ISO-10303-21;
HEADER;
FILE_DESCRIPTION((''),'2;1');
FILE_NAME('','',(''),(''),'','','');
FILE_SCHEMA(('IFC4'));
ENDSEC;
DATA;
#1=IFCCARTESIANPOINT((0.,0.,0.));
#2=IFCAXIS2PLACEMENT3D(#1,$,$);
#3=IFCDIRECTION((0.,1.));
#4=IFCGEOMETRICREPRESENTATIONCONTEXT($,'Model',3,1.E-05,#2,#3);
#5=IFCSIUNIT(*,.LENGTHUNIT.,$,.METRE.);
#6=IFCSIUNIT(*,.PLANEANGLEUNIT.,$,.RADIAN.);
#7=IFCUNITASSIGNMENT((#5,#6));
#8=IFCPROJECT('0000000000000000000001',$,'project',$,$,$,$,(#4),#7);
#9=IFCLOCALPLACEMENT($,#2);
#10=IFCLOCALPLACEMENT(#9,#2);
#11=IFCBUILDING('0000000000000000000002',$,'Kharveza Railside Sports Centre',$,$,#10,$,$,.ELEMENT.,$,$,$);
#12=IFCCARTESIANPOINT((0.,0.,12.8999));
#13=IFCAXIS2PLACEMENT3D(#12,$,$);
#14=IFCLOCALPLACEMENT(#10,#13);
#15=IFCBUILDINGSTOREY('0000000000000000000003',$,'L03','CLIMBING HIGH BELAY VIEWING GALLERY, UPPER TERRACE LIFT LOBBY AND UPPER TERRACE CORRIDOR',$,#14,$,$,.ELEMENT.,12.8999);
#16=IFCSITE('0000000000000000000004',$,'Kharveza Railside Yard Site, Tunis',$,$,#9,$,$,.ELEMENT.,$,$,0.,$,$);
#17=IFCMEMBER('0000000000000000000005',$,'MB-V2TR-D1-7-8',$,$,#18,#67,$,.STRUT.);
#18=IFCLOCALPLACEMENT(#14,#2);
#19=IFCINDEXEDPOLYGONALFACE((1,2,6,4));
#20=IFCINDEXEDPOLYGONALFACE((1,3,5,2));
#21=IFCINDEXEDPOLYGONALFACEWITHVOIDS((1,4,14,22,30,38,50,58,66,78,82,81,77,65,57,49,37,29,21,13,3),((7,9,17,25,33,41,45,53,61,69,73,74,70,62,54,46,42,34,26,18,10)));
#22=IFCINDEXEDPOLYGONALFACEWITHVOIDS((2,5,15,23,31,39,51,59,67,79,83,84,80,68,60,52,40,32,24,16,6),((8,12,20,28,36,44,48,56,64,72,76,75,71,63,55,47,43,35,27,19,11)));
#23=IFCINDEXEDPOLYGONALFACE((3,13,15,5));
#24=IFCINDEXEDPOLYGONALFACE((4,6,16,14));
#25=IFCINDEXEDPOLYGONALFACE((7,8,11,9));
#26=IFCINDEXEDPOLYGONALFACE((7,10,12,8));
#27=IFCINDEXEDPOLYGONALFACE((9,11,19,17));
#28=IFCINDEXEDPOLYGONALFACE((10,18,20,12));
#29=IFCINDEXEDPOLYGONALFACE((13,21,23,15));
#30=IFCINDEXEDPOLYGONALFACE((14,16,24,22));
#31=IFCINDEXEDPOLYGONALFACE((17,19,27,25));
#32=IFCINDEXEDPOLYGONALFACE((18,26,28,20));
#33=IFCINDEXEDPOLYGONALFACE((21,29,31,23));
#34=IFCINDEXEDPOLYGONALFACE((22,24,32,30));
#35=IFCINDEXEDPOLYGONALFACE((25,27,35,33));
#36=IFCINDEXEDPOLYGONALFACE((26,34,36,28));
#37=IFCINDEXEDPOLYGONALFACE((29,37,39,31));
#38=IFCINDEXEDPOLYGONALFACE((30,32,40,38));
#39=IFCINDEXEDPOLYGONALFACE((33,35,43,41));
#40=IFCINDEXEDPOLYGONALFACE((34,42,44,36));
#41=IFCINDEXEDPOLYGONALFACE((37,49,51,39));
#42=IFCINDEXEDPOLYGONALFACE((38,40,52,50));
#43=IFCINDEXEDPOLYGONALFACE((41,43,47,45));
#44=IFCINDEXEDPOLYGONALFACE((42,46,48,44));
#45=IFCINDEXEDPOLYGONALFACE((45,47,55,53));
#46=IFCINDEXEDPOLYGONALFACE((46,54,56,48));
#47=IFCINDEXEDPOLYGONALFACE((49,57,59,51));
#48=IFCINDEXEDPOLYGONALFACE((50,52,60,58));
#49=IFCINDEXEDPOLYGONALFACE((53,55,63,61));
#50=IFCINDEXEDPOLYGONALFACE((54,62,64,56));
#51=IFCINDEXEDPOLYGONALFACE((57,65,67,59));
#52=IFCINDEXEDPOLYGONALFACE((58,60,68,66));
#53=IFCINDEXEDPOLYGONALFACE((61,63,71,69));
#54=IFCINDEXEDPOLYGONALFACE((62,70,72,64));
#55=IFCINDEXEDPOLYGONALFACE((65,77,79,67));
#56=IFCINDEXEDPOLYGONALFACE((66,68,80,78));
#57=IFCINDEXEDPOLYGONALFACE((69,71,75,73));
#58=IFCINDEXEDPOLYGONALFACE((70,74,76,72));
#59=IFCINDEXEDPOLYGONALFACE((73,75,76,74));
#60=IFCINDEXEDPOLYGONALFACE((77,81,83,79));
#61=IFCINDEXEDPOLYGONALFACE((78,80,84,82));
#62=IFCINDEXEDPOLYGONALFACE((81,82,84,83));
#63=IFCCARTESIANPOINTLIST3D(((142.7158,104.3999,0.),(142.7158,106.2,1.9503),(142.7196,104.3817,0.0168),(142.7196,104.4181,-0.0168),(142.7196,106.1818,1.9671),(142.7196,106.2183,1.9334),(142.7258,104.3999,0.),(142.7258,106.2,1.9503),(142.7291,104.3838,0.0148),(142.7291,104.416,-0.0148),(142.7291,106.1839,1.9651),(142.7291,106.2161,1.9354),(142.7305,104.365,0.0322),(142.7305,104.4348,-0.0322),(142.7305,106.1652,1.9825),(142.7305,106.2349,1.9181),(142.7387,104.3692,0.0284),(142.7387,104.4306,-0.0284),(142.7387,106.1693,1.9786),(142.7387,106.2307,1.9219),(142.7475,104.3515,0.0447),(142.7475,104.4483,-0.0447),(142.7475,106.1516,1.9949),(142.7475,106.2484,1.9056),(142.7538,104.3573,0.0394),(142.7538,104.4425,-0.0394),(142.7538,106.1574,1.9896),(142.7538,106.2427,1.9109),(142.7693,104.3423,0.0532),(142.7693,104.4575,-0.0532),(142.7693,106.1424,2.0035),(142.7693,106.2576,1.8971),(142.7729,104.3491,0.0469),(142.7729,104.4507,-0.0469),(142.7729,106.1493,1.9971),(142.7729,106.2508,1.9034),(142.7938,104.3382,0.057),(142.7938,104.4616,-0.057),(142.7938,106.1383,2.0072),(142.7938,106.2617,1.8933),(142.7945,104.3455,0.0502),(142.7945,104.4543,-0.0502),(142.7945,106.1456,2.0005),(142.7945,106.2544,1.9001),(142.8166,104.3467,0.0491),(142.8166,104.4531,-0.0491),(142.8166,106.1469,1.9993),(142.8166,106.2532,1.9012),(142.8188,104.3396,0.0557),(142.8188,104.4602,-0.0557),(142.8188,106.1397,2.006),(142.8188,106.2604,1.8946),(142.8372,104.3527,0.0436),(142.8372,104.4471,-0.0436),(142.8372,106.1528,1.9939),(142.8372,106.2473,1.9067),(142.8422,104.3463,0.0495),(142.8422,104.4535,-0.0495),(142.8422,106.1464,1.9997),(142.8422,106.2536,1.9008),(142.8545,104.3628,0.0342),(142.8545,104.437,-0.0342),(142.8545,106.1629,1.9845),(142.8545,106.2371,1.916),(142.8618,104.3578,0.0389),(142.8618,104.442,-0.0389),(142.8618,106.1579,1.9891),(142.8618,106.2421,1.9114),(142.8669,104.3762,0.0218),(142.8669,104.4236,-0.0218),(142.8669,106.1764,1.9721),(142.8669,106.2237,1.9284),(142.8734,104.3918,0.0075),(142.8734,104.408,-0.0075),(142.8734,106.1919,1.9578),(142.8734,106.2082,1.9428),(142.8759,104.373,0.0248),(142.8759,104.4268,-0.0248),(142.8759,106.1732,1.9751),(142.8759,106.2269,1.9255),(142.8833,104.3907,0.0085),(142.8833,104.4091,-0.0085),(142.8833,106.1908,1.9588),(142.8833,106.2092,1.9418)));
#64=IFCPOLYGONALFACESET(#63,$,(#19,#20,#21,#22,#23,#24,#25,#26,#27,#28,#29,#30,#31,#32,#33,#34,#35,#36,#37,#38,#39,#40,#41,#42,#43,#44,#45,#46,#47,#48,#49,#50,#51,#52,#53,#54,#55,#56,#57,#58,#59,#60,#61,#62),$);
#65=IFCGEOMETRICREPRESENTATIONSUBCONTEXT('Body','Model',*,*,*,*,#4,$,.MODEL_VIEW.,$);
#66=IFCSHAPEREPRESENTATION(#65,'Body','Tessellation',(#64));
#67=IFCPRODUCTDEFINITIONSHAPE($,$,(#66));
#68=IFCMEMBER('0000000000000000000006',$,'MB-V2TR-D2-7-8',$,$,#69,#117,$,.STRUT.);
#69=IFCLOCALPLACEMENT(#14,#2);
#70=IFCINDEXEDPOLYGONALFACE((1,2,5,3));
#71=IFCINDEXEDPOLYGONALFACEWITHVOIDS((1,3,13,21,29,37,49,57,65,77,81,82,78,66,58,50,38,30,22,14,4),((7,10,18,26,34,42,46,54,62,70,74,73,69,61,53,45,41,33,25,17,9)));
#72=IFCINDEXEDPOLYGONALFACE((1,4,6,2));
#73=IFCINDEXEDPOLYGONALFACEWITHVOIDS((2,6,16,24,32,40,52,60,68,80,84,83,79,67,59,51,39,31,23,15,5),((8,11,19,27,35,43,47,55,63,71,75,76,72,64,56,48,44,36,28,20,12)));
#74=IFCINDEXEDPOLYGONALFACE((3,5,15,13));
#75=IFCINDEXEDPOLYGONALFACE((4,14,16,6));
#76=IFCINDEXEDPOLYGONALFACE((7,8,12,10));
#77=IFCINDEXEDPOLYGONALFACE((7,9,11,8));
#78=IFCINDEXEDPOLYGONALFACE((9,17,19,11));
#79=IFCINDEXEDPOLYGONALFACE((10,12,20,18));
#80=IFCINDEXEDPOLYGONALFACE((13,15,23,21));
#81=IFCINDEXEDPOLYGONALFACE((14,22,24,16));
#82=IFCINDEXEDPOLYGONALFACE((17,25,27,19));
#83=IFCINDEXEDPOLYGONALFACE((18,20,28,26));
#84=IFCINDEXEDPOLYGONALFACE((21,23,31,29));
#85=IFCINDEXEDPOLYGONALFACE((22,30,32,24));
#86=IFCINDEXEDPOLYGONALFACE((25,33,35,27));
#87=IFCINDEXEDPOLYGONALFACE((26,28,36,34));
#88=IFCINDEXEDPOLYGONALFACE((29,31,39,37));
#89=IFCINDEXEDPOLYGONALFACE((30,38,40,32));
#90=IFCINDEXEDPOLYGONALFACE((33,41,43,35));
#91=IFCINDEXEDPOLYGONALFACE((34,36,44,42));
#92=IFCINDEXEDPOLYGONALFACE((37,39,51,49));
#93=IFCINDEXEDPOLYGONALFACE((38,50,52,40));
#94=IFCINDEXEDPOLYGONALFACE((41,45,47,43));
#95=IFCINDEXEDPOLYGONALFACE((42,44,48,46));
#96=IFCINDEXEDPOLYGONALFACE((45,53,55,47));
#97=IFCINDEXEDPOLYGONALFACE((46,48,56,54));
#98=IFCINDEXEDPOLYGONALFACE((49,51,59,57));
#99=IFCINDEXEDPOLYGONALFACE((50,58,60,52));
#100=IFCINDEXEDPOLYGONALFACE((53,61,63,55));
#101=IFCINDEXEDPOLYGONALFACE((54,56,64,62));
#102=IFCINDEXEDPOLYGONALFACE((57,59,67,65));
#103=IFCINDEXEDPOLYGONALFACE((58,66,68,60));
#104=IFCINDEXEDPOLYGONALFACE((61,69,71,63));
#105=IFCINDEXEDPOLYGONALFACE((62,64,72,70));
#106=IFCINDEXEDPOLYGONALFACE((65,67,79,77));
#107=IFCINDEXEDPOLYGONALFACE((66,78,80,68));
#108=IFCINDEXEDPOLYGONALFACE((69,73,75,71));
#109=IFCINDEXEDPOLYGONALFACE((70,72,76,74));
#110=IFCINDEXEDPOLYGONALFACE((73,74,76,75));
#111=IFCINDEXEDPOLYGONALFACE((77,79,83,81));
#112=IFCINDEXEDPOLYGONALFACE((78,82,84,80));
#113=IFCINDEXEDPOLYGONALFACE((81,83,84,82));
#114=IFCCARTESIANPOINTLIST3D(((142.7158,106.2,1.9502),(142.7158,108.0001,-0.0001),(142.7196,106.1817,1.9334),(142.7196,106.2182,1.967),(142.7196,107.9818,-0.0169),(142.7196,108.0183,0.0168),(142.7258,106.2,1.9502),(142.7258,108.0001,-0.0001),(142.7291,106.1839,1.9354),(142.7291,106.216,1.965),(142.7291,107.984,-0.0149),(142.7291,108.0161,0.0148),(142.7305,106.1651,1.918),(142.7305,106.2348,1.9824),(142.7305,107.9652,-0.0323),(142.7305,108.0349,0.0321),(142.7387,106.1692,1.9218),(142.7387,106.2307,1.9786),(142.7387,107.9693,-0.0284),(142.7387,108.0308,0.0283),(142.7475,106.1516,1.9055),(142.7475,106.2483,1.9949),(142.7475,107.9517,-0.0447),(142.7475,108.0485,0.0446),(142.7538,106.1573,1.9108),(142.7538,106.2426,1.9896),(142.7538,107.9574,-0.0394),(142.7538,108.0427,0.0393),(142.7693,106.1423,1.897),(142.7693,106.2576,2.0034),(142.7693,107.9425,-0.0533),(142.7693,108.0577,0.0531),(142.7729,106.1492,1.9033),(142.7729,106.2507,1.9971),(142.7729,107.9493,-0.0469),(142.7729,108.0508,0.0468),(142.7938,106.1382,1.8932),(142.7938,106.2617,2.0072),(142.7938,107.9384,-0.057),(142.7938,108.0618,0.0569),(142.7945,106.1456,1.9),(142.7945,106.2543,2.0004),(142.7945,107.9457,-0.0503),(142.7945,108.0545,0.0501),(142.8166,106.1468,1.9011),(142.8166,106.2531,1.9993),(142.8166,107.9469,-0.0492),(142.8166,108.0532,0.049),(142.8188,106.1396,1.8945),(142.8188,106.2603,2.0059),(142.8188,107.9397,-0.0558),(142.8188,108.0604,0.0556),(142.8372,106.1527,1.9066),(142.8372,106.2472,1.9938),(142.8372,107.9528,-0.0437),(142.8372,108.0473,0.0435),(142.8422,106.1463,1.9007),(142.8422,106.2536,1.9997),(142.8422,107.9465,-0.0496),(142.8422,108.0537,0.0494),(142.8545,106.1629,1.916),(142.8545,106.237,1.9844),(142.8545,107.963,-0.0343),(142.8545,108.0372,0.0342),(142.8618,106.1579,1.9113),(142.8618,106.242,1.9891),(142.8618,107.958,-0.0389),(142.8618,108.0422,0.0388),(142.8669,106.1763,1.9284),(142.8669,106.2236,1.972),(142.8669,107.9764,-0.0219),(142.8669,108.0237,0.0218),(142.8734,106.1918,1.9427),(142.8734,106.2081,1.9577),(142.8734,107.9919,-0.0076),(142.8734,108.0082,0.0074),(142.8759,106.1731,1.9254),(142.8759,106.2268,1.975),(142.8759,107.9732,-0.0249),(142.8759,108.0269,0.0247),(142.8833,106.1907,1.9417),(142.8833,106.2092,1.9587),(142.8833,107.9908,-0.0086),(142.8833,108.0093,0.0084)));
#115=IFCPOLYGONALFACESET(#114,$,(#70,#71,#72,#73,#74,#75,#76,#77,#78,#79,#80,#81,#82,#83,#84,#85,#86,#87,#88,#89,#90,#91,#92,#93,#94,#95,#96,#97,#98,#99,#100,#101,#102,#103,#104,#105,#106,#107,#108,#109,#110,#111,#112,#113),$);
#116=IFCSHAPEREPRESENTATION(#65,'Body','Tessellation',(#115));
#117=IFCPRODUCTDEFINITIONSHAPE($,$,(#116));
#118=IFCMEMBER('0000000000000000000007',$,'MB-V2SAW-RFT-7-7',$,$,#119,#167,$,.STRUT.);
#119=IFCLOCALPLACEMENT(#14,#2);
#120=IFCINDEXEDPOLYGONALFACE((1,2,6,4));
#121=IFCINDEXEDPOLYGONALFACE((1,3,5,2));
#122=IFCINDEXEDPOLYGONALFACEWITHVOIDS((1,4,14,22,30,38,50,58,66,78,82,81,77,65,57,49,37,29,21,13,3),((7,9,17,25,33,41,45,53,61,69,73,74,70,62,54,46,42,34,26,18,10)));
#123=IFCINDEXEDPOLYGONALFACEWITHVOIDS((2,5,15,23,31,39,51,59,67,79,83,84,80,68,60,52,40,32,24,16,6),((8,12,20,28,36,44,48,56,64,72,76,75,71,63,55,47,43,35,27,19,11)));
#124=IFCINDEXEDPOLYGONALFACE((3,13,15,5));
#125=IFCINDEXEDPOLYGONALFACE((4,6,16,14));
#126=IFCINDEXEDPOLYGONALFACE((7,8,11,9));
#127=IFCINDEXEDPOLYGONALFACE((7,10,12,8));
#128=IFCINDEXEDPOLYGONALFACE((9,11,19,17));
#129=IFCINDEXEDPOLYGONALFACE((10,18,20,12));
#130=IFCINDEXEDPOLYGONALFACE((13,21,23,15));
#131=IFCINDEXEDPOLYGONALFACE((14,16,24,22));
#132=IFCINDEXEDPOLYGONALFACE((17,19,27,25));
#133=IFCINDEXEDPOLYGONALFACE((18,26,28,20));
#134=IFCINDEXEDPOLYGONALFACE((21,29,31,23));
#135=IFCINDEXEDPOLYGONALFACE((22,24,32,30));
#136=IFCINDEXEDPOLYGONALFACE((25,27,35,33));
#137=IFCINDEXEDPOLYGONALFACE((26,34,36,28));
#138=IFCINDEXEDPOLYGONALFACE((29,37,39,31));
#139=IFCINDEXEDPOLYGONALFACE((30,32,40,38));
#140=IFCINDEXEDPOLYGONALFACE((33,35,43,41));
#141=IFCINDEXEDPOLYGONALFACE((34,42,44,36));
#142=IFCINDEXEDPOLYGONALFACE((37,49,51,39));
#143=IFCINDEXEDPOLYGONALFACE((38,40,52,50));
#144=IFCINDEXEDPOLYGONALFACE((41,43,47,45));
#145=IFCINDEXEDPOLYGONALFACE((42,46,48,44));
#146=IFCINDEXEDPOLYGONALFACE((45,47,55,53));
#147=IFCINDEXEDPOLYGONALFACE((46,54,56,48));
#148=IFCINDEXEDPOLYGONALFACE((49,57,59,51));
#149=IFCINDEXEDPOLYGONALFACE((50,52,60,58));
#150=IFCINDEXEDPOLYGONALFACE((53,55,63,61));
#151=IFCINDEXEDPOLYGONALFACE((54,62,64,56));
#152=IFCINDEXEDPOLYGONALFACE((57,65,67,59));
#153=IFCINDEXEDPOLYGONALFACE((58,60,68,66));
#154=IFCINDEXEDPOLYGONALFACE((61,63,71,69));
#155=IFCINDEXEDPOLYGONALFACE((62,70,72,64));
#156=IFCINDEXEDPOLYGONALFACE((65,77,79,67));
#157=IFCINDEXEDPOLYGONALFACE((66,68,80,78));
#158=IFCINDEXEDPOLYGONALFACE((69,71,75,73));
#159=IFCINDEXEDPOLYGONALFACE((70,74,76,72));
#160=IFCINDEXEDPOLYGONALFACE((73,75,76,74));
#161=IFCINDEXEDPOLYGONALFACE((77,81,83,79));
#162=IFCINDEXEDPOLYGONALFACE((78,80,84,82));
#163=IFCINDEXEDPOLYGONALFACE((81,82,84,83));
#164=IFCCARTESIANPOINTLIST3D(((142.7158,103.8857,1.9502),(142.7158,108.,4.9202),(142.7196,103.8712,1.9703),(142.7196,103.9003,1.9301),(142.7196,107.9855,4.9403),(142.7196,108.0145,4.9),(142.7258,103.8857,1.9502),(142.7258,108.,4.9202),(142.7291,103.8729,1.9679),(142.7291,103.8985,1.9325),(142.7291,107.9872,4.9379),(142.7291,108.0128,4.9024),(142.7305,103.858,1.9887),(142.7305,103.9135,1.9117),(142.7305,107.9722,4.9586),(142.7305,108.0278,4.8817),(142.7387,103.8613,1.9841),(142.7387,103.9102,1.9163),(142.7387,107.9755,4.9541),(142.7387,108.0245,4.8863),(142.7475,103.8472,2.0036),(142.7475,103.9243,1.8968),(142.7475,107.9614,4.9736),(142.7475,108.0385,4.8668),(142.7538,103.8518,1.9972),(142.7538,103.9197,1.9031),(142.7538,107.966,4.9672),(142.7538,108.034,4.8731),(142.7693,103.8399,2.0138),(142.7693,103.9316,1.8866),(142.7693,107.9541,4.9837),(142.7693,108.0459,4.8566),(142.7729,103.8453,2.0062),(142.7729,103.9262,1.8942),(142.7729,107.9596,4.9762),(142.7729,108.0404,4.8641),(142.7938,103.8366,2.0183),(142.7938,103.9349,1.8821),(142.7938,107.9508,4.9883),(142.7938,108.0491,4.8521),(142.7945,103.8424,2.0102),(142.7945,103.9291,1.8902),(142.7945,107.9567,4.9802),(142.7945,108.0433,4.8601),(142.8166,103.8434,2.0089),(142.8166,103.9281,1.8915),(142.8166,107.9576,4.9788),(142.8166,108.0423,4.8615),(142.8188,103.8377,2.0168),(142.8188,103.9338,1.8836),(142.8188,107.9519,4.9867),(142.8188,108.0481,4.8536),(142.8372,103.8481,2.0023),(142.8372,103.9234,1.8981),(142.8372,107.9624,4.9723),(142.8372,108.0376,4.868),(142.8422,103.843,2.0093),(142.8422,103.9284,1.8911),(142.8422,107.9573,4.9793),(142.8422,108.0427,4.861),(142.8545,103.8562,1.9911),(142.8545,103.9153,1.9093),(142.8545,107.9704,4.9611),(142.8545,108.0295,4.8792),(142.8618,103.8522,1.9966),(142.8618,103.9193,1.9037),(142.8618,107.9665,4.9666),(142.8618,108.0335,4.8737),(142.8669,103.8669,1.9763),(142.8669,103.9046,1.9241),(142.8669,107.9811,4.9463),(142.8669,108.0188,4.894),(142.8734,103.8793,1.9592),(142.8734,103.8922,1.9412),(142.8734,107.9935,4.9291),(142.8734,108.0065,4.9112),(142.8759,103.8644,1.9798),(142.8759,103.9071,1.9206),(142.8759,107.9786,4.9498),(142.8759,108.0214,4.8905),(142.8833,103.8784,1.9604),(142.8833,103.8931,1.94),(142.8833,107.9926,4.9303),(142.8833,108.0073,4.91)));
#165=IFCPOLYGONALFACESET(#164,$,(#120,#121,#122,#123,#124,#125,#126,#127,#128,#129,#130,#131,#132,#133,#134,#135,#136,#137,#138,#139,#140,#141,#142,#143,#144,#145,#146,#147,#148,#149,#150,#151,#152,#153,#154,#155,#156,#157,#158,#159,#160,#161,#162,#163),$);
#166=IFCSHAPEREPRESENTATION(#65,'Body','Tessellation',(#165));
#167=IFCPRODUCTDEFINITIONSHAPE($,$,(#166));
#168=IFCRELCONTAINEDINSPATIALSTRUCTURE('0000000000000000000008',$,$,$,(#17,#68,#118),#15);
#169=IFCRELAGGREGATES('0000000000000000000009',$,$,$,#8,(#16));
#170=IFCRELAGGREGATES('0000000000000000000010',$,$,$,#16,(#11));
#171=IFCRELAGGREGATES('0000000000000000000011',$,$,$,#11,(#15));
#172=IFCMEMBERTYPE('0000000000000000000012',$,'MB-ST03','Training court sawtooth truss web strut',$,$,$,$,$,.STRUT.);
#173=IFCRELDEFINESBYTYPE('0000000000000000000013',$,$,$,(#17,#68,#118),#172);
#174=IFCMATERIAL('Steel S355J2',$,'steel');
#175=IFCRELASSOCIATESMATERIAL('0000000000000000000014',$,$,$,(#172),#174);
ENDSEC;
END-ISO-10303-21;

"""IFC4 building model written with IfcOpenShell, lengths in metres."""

from ifc_helpers import new_model, si_unit, direction, frame, origin, origin_2d, place, context, subcontext, project, spatial, hollow_circle, extrude, material, material_profile, profile_set, type_object, element, save


model = new_model("IFC4")

# Units and contexts
model_context = context("Model", 3, precision=1e-05, world=origin(), true_north=direction((0.0, 1.0)))
body_context = subcontext(model_context, "Body", "Model", "MODEL_VIEW")
ifc_project = project(units=[si_unit("LENGTHUNIT", "METRE"), si_unit("PLANEANGLEUNIT", "RADIAN")], contexts=[model_context])

# Site, building, storey
site_placement = place(None, origin())
site = spatial("IfcSite", under=ifc_project, at=site_placement, Name="Kharveza Railside Yard Site, Tunis", CompositionType="ELEMENT", RefElevation=0.0)
building_placement = place(site_placement, origin())
building = spatial("IfcBuilding", under=site, at=building_placement, Name="Kharveza Railside Sports Centre", CompositionType="ELEMENT")
storey_placement = place(building_placement, frame((0.0, 0.0, 12.8999)))
storey = spatial("IfcBuildingStorey", under=building, at=storey_placement, Name="L03", Description="CLIMBING HIGH BELAY VIEWING GALLERY, UPPER TERRACE LIFT LOBBY AND UPPER TERRACE CORRIDOR", CompositionType="ELEMENT", Elevation=12.8999)

# Shared definitions
ifc_material_1 = material(Name="Steel S355J2", Category="steel")

# Members
ifc_material_profile_1 = material_profile(ifc_material_1, hollow_circle(Radius=0.0842, WallThickness=0.01, at=origin_2d()), Name="CHS 168.3x10.0")
ifc_profile_set_1 = profile_set([ifc_material_profile_1], Name="Steel S355J2")
member_type_1 = type_object("IfcMemberType", Name="MB-ST03", Description="Training court sawtooth truss web strut", PredefinedType="STRUT", material=ifc_profile_set_1)
for number, where, z_axis, x_axis, name in (
    (1, (142.8, 104.3999, 0.0), (0.0, 0.678253, 0.734828), (-1.0, 0.0, 0.0), "MB-V2TR-D1-7-8"),
    (2, (142.8, 106.2, 1.9502), (0.0, 0.678253, -0.734828), (-1.0, 0.0, 0.0), "MB-V2TR-D2-7-8"),
):
    element("IfcMember", number, at=place(storey_placement, frame(where, z_axis=z_axis, x_axis=x_axis)), inside=storey, type_object=member_type_1, Name=name, PredefinedType="STRUT", context=body_context, shape_type="SweptSolid", body=[
        extrude(hollow_circle(Radius=0.0842, WallThickness=0.01, at=origin_2d()), origin(), (0.0, 0.0, 1.0), 2.6541),
    ])
member_1_placement = place(storey_placement, frame((142.8, 103.8857, 1.9502), z_axis=(0.0, 0.810814, 0.585304), x_axis=(-1.0, 0.0, 0.0)))
element("IfcMember", 3, at=member_1_placement, inside=storey, type_object=member_type_1, Name="MB-V2SAW-RFT-7-7", PredefinedType="STRUT", context=body_context, shape_type="SweptSolid", body=[
    extrude(hollow_circle(Radius=0.0842, WallThickness=0.01, at=origin_2d()), origin(), (0.0, 0.0, 1.0), 5.0742),
])

save(model, "model.ifc")
